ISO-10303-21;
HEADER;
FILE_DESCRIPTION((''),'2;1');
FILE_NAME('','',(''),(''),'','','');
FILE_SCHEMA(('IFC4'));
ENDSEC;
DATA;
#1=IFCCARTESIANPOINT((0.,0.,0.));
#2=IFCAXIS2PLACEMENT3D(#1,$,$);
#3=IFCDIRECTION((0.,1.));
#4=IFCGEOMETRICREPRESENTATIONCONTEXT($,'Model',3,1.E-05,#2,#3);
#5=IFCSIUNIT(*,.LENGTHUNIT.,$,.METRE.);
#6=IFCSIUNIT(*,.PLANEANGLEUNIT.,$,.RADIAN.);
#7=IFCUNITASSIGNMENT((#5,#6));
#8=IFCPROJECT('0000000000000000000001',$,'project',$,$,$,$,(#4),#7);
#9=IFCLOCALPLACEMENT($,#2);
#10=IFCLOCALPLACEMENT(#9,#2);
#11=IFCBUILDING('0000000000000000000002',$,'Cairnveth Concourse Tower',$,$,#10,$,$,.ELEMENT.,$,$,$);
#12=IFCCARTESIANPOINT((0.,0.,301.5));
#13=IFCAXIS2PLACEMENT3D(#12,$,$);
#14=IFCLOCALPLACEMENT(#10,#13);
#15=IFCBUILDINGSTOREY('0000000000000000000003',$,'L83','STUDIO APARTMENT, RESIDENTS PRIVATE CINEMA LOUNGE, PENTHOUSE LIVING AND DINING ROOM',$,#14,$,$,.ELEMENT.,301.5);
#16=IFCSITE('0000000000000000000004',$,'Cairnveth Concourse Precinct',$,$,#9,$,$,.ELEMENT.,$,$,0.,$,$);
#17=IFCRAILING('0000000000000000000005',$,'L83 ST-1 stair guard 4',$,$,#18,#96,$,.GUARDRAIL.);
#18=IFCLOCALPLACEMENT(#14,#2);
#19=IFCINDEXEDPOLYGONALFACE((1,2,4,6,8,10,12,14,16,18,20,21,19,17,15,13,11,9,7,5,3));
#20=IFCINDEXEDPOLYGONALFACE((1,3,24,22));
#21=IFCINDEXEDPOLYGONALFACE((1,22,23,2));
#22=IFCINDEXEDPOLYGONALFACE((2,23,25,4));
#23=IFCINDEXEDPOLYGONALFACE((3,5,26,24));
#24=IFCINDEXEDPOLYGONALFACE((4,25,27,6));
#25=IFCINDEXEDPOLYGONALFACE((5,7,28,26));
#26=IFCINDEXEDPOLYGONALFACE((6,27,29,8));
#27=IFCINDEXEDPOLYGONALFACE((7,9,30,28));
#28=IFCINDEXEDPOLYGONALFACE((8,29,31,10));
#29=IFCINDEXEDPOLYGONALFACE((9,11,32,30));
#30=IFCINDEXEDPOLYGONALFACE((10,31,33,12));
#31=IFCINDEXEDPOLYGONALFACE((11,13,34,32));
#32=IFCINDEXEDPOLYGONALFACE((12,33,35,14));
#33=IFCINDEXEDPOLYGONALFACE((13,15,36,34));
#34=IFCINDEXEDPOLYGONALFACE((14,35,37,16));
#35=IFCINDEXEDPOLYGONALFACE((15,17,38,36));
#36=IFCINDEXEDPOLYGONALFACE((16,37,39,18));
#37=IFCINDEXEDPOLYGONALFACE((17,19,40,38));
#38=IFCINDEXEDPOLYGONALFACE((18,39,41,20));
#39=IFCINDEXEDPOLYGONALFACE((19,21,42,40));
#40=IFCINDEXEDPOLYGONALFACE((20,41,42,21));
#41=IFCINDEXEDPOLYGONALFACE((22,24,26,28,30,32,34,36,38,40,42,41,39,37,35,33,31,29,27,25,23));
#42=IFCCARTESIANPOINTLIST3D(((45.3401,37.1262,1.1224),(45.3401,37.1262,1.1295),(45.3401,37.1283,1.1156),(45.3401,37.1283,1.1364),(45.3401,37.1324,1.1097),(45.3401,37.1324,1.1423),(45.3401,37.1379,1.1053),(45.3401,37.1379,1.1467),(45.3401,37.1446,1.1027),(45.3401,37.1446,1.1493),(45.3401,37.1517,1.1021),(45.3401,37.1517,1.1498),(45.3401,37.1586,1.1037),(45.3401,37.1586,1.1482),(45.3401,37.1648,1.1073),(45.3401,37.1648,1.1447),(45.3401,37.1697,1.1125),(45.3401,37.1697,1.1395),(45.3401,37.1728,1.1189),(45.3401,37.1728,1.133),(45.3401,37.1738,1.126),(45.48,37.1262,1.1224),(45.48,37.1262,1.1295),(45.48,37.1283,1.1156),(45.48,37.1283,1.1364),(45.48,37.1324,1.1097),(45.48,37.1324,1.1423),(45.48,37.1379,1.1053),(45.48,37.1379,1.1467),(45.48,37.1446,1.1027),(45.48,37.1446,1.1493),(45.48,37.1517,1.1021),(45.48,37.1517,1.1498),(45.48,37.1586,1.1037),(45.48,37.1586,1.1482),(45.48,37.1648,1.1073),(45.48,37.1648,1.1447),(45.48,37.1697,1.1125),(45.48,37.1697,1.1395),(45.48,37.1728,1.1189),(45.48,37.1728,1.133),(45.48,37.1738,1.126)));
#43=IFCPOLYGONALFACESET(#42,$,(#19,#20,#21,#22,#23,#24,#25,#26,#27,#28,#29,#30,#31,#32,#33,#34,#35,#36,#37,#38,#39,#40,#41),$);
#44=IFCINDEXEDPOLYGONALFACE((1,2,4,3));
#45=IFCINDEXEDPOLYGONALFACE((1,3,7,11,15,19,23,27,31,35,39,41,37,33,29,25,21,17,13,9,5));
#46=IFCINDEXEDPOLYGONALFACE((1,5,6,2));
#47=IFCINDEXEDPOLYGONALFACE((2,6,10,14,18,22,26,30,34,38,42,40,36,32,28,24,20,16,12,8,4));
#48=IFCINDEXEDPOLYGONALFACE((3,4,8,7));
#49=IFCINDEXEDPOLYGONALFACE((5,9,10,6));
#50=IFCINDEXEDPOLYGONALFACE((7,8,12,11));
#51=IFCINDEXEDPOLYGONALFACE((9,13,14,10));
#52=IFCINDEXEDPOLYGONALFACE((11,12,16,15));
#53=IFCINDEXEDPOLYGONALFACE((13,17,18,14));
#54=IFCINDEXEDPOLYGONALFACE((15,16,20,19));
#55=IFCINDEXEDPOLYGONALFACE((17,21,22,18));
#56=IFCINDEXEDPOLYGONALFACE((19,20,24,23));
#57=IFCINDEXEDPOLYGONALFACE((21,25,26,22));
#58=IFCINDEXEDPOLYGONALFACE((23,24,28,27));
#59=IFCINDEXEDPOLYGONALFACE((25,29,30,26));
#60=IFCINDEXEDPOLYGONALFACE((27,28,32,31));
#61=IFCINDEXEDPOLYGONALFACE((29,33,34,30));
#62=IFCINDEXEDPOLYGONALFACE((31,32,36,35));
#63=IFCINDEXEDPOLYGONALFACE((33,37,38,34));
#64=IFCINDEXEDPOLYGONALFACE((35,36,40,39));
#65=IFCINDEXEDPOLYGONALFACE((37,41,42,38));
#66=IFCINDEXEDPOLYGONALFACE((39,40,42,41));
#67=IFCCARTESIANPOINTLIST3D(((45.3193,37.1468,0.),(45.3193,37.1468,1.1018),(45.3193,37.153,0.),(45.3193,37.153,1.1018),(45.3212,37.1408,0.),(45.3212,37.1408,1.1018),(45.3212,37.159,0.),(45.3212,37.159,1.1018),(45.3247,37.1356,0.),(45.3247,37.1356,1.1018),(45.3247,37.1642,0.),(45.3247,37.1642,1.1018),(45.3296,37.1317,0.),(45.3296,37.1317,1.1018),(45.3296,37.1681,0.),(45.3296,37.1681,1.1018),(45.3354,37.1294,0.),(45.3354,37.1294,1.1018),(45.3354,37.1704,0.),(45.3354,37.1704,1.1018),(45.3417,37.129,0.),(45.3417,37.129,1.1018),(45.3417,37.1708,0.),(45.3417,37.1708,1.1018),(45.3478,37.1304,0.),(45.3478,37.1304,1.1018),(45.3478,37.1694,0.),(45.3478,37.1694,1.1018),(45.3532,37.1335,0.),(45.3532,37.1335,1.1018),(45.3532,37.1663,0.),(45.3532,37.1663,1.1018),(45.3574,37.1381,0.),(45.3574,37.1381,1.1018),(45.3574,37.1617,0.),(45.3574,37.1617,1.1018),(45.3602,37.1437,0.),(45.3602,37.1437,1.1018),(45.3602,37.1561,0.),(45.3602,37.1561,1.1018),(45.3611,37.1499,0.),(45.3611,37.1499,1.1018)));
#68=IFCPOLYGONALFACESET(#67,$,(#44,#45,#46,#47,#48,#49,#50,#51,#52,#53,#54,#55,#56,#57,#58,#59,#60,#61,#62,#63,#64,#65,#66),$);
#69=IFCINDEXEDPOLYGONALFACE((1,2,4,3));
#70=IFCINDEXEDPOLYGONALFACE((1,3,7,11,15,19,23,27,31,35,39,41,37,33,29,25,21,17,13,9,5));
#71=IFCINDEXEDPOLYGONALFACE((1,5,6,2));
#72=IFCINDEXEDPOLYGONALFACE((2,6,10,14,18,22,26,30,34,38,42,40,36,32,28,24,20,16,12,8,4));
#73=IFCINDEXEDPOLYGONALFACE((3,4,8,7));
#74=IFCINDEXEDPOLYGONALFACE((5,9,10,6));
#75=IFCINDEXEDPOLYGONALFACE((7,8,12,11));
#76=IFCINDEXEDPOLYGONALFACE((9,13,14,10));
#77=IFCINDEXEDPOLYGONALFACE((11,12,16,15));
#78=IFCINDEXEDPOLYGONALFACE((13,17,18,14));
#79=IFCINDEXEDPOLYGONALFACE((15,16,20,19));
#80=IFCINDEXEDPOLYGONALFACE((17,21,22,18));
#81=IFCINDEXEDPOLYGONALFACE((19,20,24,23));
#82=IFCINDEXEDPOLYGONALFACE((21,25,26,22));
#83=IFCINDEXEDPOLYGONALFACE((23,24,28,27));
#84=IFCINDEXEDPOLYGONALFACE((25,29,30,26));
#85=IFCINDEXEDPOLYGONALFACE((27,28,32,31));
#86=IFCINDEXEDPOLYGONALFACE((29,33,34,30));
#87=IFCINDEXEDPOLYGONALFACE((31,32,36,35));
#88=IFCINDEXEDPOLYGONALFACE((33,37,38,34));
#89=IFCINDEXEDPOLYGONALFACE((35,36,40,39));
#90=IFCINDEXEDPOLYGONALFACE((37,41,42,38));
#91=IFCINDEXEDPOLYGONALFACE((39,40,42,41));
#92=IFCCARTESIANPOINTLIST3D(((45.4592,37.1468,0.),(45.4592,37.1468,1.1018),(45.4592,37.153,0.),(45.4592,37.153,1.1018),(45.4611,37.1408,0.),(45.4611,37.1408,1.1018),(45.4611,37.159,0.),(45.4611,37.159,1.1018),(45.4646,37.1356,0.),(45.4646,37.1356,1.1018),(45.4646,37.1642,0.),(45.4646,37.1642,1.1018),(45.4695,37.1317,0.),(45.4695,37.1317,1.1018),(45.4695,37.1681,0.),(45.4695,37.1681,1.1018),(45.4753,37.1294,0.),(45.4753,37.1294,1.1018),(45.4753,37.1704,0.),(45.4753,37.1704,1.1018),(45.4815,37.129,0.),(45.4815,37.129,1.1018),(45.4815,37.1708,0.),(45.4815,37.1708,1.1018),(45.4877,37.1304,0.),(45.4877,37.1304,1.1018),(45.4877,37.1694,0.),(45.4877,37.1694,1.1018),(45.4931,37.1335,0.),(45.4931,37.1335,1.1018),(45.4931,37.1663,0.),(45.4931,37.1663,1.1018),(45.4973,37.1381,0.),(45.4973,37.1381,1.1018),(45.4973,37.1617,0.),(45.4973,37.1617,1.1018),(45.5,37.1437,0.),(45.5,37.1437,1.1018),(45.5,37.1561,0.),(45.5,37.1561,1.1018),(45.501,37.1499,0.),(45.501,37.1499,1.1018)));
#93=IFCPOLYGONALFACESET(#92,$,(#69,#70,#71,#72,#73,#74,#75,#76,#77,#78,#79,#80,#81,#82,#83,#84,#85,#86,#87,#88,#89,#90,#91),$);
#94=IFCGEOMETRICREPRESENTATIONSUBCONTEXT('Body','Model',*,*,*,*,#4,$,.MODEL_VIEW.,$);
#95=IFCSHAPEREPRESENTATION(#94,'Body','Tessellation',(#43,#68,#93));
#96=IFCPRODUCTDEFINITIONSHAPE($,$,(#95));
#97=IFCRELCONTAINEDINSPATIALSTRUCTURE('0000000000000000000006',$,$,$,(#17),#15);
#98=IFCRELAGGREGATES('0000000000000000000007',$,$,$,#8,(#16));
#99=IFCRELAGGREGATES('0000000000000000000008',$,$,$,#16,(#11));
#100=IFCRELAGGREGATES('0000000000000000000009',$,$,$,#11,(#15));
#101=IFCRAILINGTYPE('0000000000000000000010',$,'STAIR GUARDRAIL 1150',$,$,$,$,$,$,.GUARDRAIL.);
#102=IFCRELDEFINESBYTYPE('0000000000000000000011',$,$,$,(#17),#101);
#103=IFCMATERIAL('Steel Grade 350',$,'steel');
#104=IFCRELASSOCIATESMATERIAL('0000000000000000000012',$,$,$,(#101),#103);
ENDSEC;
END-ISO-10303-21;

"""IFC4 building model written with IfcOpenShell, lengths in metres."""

from ifc_helpers import new_model, si_unit, direction, frame, origin, origin_2d, place, context, subcontext, project, spatial, circle, extrude, material, type_object, element, save


model = new_model("IFC4")

# Units and contexts
model_context = context("Model", 3, precision=1e-05, world=origin(), true_north=direction((0.0, 1.0)))
body_context = subcontext(model_context, "Body", "Model", "MODEL_VIEW")
ifc_project = project(units=[si_unit("LENGTHUNIT", "METRE"), si_unit("PLANEANGLEUNIT", "RADIAN")], contexts=[model_context])

# Site, building, storey
site_placement = place(None, origin())
site = spatial("IfcSite", under=ifc_project, at=site_placement, Name="Cairnveth Concourse Precinct", CompositionType="ELEMENT", RefElevation=0.0)
building_placement = place(site_placement, origin())
building = spatial("IfcBuilding", under=site, at=building_placement, Name="Cairnveth Concourse Tower", CompositionType="ELEMENT")
storey_placement = place(building_placement, frame((0.0, 0.0, 301.5)))
storey = spatial("IfcBuildingStorey", under=building, at=storey_placement, Name="L83", Description="STUDIO APARTMENT, RESIDENTS PRIVATE CINEMA LOUNGE, PENTHOUSE LIVING AND DINING ROOM", CompositionType="ELEMENT", Elevation=301.5)

# Shared definitions
ifc_material_1 = material(Name="Steel Grade 350", Category="steel")

# Railing
railing_type = type_object("IfcRailingType", Name="STAIR GUARDRAIL 1150", PredefinedType="GUARDRAIL", material=ifc_material_1)
railing_placement = place(storey_placement, frame((45.3401, 37.1499, 0.0)))
element("IfcRailing", 1, at=railing_placement, inside=storey, type_object=railing_type, Name="L83 ST-1 stair guard 4", PredefinedType="GUARDRAIL", context=body_context, shape_type="SweptSolid", body=[
    extrude(circle(Radius=0.0239, at=origin_2d()), frame((0.0, 0.0, 1.126), z_axis=(1.0, 0.0, 0.0), x_axis=(0.0, 1.0, 0.0)), (0.0, 0.0, 1.0), 0.1399),
    extrude(circle(Radius=0.021, at=origin_2d()), origin(), (0.0, 0.0, 1.0), 1.1018),
    extrude(circle(Radius=0.021, at=origin_2d()), frame((0.1399, 0.0, 0.0)), (0.0, 0.0, 1.0), 1.1018),
])

save(model, "model.ifc")
